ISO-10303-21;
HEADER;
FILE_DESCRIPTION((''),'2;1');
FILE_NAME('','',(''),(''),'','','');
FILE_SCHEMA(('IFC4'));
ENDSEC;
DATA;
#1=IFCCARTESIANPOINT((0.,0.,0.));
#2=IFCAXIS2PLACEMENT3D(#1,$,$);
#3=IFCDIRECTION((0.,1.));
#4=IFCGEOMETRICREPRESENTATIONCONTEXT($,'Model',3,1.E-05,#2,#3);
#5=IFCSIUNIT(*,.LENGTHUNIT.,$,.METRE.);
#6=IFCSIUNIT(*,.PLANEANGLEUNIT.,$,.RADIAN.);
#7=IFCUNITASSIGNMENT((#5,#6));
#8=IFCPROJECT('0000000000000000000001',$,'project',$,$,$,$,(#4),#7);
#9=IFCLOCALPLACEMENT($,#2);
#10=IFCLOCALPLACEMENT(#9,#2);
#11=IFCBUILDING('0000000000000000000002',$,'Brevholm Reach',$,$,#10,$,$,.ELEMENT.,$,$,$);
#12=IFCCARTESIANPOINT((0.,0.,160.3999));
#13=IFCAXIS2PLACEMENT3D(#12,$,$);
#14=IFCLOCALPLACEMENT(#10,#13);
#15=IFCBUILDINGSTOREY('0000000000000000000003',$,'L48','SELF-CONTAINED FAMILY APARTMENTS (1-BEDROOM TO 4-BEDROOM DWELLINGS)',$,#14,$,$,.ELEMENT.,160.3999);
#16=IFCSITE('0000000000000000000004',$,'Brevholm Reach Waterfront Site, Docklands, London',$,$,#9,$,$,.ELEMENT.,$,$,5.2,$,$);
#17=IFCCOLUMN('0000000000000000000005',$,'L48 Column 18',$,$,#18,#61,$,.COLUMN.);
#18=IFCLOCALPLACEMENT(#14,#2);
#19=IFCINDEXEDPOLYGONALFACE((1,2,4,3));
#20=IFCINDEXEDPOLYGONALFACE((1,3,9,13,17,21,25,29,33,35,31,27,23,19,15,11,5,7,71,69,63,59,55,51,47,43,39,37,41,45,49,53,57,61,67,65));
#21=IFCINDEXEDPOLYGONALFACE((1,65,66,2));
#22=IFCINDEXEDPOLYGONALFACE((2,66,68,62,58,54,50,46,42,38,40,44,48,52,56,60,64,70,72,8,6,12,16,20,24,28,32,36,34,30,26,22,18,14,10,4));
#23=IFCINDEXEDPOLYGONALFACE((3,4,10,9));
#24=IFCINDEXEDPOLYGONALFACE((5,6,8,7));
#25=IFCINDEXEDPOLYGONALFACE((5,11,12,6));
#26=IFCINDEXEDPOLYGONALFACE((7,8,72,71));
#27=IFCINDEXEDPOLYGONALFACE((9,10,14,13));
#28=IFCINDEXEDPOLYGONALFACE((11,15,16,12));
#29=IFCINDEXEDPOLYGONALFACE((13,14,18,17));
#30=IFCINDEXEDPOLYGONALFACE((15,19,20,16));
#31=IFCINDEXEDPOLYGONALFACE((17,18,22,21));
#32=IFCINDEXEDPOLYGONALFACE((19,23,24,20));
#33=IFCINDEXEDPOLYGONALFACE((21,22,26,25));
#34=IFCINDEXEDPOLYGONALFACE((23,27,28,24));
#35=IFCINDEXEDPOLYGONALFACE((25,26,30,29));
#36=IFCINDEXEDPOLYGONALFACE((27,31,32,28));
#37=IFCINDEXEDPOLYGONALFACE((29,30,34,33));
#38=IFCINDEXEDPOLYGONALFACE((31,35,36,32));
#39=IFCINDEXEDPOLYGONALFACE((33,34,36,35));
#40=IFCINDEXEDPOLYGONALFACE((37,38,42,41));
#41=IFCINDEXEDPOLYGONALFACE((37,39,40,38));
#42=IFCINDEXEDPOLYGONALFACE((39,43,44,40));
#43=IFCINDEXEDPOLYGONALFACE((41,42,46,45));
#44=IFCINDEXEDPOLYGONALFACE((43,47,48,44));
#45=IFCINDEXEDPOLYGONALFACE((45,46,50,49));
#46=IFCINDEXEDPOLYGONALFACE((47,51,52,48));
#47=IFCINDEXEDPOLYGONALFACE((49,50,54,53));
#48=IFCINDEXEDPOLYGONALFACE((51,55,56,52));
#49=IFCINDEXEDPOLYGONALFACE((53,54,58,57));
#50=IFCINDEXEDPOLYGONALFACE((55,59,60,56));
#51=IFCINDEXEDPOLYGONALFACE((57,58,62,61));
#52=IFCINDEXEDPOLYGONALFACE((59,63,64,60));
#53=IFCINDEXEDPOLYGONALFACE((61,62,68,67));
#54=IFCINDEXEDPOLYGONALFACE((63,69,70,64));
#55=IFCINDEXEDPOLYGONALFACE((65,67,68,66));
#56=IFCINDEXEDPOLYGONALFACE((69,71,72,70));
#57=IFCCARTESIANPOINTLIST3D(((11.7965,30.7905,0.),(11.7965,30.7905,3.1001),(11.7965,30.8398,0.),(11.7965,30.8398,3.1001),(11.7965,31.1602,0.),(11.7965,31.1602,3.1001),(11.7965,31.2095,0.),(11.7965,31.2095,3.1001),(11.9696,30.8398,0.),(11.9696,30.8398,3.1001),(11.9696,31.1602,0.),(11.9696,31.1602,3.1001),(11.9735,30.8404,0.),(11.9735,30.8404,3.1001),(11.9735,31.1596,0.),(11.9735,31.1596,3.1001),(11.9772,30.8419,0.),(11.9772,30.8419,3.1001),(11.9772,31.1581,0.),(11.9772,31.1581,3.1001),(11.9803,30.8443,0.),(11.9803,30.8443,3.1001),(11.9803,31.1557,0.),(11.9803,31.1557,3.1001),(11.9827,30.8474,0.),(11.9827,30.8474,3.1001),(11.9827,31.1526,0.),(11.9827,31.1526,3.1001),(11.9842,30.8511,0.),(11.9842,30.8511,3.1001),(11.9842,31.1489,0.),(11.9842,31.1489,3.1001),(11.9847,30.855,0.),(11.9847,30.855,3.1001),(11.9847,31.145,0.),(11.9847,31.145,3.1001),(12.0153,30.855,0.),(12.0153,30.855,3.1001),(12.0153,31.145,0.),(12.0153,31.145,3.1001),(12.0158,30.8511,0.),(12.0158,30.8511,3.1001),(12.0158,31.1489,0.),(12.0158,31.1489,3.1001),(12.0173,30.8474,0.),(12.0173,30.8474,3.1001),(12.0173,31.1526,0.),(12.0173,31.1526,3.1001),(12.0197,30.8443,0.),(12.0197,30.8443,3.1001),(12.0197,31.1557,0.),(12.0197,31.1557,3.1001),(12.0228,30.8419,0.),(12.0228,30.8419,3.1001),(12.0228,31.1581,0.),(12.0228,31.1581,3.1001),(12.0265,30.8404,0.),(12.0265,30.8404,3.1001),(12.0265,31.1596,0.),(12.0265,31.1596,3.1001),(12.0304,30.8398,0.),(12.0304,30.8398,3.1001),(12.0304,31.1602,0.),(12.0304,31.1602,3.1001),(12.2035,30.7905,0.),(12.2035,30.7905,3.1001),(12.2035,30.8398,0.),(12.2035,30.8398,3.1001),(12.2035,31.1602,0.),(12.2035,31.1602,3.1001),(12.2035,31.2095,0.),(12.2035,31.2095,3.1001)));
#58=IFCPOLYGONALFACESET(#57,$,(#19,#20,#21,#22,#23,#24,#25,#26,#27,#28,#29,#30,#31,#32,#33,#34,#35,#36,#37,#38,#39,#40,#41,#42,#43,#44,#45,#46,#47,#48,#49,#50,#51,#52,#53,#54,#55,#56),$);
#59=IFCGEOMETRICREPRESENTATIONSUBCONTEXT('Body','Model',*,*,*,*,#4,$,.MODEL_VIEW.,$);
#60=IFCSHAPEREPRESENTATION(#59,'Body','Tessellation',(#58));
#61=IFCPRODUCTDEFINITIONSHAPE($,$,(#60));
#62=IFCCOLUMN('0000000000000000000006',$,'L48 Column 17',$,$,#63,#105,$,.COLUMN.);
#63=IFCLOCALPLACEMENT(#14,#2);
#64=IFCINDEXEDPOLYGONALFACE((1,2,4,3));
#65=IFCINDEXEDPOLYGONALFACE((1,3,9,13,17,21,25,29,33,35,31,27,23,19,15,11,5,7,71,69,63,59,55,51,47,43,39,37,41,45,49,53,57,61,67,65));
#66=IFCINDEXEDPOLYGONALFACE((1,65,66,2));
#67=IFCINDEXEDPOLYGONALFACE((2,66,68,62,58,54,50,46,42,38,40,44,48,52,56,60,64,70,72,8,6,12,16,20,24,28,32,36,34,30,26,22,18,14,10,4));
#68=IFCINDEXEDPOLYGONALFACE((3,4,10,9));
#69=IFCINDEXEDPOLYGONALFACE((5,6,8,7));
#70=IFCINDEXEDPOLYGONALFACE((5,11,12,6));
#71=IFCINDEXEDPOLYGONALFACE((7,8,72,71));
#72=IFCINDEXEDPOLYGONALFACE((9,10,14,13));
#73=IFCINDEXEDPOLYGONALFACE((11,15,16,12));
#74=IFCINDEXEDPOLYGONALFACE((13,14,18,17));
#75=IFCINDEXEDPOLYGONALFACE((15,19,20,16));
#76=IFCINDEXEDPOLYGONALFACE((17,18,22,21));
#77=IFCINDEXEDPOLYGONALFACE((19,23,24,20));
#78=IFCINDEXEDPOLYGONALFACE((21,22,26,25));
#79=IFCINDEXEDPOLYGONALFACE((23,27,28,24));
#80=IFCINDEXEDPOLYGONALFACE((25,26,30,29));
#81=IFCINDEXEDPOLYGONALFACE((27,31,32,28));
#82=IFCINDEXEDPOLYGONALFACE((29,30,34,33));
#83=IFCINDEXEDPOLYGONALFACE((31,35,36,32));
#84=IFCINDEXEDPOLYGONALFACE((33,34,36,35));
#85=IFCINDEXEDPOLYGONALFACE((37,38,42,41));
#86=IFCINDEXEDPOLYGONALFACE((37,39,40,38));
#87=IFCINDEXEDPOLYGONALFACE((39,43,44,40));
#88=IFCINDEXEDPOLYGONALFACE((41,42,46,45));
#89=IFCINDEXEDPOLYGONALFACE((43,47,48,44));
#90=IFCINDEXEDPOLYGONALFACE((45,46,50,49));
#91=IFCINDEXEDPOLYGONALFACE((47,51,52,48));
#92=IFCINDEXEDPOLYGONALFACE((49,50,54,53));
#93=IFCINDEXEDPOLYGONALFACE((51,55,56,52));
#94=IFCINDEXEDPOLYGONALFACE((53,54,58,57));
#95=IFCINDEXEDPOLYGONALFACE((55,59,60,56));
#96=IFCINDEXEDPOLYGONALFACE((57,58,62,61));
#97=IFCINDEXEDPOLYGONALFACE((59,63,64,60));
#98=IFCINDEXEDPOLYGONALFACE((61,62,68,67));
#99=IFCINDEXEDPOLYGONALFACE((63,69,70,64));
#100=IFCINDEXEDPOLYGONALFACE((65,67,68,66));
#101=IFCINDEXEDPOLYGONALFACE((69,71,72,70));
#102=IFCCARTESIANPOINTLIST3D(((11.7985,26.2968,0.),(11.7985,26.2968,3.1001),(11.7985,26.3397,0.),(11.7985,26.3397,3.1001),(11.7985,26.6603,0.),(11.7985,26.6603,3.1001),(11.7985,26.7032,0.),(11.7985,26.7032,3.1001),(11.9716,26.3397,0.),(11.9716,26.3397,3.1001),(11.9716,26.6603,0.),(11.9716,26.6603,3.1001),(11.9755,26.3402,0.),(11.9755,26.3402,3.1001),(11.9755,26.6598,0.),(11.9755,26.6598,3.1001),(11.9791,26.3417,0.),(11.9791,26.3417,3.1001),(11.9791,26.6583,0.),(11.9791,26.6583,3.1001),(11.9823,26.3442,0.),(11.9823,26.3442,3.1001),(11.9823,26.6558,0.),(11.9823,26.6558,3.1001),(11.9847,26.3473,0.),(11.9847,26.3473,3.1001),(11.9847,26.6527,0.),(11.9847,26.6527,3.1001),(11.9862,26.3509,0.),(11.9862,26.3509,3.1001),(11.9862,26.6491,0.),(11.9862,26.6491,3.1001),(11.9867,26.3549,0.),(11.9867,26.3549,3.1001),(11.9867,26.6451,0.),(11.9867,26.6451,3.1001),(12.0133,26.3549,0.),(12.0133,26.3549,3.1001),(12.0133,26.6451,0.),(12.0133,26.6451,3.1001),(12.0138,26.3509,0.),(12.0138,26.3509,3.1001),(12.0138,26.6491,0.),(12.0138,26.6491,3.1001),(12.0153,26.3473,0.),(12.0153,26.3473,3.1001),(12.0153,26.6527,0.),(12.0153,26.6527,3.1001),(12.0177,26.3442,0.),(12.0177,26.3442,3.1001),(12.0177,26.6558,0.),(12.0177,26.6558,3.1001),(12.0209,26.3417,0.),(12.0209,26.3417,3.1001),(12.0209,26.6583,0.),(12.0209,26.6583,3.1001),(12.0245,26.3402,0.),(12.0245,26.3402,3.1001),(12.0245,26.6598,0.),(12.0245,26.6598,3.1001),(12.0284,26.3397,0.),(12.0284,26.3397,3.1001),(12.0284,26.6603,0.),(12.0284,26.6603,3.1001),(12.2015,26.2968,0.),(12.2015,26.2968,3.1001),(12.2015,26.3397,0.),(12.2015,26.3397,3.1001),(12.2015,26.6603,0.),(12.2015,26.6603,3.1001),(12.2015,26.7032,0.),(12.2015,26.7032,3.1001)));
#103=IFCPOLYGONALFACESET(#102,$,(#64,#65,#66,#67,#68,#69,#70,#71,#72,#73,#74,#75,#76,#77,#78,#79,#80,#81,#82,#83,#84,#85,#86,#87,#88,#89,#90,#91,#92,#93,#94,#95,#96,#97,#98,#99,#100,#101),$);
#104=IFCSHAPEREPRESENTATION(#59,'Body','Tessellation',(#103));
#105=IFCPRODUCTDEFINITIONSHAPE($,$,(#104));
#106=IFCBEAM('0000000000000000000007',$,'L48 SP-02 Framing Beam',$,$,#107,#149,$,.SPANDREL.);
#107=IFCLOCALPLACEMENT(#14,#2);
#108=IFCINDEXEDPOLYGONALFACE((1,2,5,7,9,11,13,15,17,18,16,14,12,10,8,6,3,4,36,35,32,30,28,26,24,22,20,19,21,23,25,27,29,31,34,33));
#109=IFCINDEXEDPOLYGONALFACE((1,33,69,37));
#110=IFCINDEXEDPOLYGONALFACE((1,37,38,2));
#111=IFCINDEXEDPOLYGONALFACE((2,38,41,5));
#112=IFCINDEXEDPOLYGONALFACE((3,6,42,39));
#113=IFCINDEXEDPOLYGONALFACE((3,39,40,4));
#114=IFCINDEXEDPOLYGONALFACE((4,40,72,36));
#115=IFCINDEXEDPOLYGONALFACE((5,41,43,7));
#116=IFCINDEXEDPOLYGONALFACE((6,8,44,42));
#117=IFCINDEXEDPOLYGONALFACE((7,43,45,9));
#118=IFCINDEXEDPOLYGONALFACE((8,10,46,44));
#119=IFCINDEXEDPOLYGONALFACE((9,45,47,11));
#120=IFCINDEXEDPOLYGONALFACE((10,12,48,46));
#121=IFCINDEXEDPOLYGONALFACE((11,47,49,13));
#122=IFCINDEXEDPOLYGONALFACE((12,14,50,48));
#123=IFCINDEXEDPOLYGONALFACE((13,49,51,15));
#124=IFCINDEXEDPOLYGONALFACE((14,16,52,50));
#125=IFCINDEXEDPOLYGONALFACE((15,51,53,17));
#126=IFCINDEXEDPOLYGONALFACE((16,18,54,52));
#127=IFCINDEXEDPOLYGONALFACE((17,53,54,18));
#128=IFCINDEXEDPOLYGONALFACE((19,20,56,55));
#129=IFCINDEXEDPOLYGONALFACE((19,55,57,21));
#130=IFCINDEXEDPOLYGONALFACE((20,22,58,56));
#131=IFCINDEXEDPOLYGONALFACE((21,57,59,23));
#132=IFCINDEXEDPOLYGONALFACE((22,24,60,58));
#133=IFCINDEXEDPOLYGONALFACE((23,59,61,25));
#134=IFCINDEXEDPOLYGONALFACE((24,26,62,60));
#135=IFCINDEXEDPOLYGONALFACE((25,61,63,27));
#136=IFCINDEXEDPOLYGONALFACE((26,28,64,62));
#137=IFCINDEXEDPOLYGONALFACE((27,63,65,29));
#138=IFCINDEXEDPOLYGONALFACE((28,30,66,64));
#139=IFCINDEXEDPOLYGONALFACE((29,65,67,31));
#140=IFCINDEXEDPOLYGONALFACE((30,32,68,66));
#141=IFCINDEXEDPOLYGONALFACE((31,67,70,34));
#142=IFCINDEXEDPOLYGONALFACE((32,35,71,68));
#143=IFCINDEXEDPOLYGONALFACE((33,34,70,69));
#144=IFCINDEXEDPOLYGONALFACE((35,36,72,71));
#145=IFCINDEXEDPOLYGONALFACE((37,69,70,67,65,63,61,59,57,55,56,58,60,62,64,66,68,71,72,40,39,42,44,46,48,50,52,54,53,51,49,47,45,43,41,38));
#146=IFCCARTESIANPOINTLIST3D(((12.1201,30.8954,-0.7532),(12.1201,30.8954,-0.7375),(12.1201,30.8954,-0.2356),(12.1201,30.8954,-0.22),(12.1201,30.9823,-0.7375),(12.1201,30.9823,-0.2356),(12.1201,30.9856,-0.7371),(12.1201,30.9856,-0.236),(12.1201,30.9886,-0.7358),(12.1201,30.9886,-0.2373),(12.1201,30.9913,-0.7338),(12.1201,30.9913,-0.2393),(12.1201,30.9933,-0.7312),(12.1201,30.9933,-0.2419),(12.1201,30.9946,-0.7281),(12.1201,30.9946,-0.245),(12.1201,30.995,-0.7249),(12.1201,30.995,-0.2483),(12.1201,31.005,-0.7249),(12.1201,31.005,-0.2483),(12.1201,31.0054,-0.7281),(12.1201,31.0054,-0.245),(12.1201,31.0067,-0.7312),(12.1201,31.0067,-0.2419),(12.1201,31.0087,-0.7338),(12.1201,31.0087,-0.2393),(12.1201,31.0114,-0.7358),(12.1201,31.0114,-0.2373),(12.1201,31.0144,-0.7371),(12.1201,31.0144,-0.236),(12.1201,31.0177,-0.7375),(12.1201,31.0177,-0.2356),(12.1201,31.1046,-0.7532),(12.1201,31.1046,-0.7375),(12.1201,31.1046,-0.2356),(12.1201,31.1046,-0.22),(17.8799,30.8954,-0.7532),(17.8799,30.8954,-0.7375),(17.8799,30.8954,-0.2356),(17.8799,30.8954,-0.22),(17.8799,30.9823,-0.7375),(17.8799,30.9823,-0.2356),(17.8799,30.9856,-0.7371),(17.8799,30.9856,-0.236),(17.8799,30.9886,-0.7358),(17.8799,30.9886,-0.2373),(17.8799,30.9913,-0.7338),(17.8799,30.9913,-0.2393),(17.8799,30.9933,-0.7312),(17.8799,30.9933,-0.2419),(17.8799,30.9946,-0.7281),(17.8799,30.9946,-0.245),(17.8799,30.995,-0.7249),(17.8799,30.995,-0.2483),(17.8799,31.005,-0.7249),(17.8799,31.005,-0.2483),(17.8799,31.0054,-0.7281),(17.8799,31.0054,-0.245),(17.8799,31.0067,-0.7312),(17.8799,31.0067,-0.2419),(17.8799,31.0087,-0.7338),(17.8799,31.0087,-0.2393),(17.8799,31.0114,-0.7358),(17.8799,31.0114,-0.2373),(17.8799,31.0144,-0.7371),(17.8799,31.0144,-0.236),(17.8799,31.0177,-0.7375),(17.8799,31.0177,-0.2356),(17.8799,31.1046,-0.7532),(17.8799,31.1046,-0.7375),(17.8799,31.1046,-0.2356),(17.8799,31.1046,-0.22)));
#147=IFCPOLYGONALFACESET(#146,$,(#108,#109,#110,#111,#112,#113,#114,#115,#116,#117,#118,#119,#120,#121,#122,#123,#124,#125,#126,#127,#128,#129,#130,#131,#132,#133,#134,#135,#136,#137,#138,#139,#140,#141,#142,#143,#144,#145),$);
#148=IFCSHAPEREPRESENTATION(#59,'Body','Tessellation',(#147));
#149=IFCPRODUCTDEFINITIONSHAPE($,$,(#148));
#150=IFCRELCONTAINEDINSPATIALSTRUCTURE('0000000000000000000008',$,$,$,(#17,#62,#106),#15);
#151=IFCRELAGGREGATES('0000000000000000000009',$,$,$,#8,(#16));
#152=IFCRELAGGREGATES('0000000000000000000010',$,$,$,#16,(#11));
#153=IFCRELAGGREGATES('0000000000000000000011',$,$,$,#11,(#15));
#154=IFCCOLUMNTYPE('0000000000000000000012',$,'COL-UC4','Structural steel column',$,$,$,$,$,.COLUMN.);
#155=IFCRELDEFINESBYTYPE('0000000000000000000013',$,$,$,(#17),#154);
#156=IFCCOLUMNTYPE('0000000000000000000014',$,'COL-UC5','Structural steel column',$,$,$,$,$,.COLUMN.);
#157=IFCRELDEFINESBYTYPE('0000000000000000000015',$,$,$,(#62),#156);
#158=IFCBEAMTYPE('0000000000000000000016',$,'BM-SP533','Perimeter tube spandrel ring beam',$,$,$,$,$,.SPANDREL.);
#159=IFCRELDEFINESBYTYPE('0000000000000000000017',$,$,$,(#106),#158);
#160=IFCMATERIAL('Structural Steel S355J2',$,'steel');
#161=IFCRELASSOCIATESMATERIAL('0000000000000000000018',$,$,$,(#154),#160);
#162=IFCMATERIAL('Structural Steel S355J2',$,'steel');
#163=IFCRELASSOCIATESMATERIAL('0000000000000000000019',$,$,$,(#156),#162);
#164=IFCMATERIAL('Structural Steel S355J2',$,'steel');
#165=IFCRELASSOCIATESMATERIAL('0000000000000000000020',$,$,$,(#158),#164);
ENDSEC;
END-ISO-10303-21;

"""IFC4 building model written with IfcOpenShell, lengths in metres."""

from ifc_helpers import new_model, si_unit, direction, frame, origin, origin_2d, place, context, subcontext, project, spatial, i_section, extrude, material, material_profile, profile_set, type_object, element, save


model = new_model("IFC4")

# Units and contexts
model_context = context("Model", 3, precision=1e-05, world=origin(), true_north=direction((0.0, 1.0)))
body_context = subcontext(model_context, "Body", "Model", "MODEL_VIEW")
ifc_project = project(units=[si_unit("LENGTHUNIT", "METRE"), si_unit("PLANEANGLEUNIT", "RADIAN")], contexts=[model_context])

# Site, building, storey
site_placement = place(None, origin())
site = spatial("IfcSite", under=ifc_project, at=site_placement, Name="Brevholm Reach Waterfront Site, Docklands, London", CompositionType="ELEMENT", RefElevation=5.2)
building_placement = place(site_placement, origin())
building = spatial("IfcBuilding", under=site, at=building_placement, Name="Brevholm Reach", CompositionType="ELEMENT")
storey_placement = place(building_placement, frame((0.0, 0.0, 160.3999)))
storey = spatial("IfcBuildingStorey", under=building, at=storey_placement, Name="L48", Description="SELF-CONTAINED FAMILY APARTMENTS (1-BEDROOM TO 4-BEDROOM DWELLINGS)", CompositionType="ELEMENT", Elevation=160.3999)

# Columns
ifc_material_1 = material(Name="Structural Steel S355J2", Category="steel")
ifc_material_profile_1 = material_profile(ifc_material_1, i_section(OverallWidth=0.407, OverallDepth=0.4189, WebThickness=0.0305, FlangeThickness=0.0493, FilletRadius=0.0151, at=origin_2d()), Name="UKC 356x406x393")
ifc_profile_set_1 = profile_set([ifc_material_profile_1], Name="Structural Steel S355J2")
column_type_1 = type_object("IfcColumnType", Name="COL-UC4", Description="Structural steel column", PredefinedType="COLUMN", material=ifc_profile_set_1)
column_1_placement = place(storey_placement, frame((12.0, 31.0, 0.0), z_axis=(0.0, 0.0, 1.0), x_axis=(1.0, 0.0, 0.0)))
element("IfcColumn", 1, at=column_1_placement, inside=storey, type_object=column_type_1, Name="L48 Column 18", PredefinedType="COLUMN", context=body_context, shape_type="SweptSolid", body=[
    extrude(i_section(OverallWidth=0.407, OverallDepth=0.4189, WebThickness=0.0305, FlangeThickness=0.0493, FilletRadius=0.0151, at=origin_2d()), origin(), (0.0, 0.0, 1.0), 3.1001),
])
ifc_material_2 = material(Name="Structural Steel S355J2", Category="steel")
ifc_material_profile_2 = material_profile(ifc_material_2, i_section(OverallWidth=0.4031, OverallDepth=0.4065, WebThickness=0.0266, FlangeThickness=0.043, FilletRadius=0.0151, at=origin_2d()), Name="UKC 356x406x340")
ifc_profile_set_2 = profile_set([ifc_material_profile_2], Name="Structural Steel S355J2")
column_type_2 = type_object("IfcColumnType", Name="COL-UC5", Description="Structural steel column", PredefinedType="COLUMN", material=ifc_profile_set_2)
column_2_placement = place(storey_placement, frame((12.0, 26.5, 0.0), z_axis=(0.0, 0.0, 1.0), x_axis=(1.0, 0.0, 0.0)))
element("IfcColumn", 2, at=column_2_placement, inside=storey, type_object=column_type_2, Name="L48 Column 17", PredefinedType="COLUMN", context=body_context, shape_type="SweptSolid", body=[
    extrude(i_section(OverallWidth=0.4031, OverallDepth=0.4065, WebThickness=0.0266, FlangeThickness=0.043, FilletRadius=0.0151, at=origin_2d()), origin(), (0.0, 0.0, 1.0), 3.1001),
])

# Beam
ifc_material_3 = material(Name="Structural Steel S355J2", Category="steel")
ifc_material_profile_3 = material_profile(ifc_material_3, i_section(OverallWidth=0.2092, OverallDepth=0.5332, WebThickness=0.01, FlangeThickness=0.0156, FilletRadius=0.0127, at=origin_2d()), Name="UKB 533x210x92")
ifc_profile_set_3 = profile_set([ifc_material_profile_3], Name="Structural Steel S355J2")
beam_type_1 = type_object("IfcBeamType", Name="BM-SP533", Description="Perimeter tube spandrel ring beam", PredefinedType="SPANDREL", material=ifc_profile_set_3)
beam_1_placement = place(storey_placement, frame((12.1201, 31.0, -0.4866), z_axis=(1.0, 0.0, 0.0), x_axis=(0.0, 1.0, 0.0)))
element("IfcBeam", 3, at=beam_1_placement, inside=storey, type_object=beam_type_1, Name="L48 SP-02 Framing Beam", PredefinedType="SPANDREL", context=body_context, shape_type="SweptSolid", body=[
    extrude(i_section(OverallWidth=0.2092, OverallDepth=0.5332, WebThickness=0.01, FlangeThickness=0.0156, FilletRadius=0.0127, at=origin_2d()), origin(), (0.0, 0.0, 1.0), 5.7598),
])

save(model, "model.ifc")
